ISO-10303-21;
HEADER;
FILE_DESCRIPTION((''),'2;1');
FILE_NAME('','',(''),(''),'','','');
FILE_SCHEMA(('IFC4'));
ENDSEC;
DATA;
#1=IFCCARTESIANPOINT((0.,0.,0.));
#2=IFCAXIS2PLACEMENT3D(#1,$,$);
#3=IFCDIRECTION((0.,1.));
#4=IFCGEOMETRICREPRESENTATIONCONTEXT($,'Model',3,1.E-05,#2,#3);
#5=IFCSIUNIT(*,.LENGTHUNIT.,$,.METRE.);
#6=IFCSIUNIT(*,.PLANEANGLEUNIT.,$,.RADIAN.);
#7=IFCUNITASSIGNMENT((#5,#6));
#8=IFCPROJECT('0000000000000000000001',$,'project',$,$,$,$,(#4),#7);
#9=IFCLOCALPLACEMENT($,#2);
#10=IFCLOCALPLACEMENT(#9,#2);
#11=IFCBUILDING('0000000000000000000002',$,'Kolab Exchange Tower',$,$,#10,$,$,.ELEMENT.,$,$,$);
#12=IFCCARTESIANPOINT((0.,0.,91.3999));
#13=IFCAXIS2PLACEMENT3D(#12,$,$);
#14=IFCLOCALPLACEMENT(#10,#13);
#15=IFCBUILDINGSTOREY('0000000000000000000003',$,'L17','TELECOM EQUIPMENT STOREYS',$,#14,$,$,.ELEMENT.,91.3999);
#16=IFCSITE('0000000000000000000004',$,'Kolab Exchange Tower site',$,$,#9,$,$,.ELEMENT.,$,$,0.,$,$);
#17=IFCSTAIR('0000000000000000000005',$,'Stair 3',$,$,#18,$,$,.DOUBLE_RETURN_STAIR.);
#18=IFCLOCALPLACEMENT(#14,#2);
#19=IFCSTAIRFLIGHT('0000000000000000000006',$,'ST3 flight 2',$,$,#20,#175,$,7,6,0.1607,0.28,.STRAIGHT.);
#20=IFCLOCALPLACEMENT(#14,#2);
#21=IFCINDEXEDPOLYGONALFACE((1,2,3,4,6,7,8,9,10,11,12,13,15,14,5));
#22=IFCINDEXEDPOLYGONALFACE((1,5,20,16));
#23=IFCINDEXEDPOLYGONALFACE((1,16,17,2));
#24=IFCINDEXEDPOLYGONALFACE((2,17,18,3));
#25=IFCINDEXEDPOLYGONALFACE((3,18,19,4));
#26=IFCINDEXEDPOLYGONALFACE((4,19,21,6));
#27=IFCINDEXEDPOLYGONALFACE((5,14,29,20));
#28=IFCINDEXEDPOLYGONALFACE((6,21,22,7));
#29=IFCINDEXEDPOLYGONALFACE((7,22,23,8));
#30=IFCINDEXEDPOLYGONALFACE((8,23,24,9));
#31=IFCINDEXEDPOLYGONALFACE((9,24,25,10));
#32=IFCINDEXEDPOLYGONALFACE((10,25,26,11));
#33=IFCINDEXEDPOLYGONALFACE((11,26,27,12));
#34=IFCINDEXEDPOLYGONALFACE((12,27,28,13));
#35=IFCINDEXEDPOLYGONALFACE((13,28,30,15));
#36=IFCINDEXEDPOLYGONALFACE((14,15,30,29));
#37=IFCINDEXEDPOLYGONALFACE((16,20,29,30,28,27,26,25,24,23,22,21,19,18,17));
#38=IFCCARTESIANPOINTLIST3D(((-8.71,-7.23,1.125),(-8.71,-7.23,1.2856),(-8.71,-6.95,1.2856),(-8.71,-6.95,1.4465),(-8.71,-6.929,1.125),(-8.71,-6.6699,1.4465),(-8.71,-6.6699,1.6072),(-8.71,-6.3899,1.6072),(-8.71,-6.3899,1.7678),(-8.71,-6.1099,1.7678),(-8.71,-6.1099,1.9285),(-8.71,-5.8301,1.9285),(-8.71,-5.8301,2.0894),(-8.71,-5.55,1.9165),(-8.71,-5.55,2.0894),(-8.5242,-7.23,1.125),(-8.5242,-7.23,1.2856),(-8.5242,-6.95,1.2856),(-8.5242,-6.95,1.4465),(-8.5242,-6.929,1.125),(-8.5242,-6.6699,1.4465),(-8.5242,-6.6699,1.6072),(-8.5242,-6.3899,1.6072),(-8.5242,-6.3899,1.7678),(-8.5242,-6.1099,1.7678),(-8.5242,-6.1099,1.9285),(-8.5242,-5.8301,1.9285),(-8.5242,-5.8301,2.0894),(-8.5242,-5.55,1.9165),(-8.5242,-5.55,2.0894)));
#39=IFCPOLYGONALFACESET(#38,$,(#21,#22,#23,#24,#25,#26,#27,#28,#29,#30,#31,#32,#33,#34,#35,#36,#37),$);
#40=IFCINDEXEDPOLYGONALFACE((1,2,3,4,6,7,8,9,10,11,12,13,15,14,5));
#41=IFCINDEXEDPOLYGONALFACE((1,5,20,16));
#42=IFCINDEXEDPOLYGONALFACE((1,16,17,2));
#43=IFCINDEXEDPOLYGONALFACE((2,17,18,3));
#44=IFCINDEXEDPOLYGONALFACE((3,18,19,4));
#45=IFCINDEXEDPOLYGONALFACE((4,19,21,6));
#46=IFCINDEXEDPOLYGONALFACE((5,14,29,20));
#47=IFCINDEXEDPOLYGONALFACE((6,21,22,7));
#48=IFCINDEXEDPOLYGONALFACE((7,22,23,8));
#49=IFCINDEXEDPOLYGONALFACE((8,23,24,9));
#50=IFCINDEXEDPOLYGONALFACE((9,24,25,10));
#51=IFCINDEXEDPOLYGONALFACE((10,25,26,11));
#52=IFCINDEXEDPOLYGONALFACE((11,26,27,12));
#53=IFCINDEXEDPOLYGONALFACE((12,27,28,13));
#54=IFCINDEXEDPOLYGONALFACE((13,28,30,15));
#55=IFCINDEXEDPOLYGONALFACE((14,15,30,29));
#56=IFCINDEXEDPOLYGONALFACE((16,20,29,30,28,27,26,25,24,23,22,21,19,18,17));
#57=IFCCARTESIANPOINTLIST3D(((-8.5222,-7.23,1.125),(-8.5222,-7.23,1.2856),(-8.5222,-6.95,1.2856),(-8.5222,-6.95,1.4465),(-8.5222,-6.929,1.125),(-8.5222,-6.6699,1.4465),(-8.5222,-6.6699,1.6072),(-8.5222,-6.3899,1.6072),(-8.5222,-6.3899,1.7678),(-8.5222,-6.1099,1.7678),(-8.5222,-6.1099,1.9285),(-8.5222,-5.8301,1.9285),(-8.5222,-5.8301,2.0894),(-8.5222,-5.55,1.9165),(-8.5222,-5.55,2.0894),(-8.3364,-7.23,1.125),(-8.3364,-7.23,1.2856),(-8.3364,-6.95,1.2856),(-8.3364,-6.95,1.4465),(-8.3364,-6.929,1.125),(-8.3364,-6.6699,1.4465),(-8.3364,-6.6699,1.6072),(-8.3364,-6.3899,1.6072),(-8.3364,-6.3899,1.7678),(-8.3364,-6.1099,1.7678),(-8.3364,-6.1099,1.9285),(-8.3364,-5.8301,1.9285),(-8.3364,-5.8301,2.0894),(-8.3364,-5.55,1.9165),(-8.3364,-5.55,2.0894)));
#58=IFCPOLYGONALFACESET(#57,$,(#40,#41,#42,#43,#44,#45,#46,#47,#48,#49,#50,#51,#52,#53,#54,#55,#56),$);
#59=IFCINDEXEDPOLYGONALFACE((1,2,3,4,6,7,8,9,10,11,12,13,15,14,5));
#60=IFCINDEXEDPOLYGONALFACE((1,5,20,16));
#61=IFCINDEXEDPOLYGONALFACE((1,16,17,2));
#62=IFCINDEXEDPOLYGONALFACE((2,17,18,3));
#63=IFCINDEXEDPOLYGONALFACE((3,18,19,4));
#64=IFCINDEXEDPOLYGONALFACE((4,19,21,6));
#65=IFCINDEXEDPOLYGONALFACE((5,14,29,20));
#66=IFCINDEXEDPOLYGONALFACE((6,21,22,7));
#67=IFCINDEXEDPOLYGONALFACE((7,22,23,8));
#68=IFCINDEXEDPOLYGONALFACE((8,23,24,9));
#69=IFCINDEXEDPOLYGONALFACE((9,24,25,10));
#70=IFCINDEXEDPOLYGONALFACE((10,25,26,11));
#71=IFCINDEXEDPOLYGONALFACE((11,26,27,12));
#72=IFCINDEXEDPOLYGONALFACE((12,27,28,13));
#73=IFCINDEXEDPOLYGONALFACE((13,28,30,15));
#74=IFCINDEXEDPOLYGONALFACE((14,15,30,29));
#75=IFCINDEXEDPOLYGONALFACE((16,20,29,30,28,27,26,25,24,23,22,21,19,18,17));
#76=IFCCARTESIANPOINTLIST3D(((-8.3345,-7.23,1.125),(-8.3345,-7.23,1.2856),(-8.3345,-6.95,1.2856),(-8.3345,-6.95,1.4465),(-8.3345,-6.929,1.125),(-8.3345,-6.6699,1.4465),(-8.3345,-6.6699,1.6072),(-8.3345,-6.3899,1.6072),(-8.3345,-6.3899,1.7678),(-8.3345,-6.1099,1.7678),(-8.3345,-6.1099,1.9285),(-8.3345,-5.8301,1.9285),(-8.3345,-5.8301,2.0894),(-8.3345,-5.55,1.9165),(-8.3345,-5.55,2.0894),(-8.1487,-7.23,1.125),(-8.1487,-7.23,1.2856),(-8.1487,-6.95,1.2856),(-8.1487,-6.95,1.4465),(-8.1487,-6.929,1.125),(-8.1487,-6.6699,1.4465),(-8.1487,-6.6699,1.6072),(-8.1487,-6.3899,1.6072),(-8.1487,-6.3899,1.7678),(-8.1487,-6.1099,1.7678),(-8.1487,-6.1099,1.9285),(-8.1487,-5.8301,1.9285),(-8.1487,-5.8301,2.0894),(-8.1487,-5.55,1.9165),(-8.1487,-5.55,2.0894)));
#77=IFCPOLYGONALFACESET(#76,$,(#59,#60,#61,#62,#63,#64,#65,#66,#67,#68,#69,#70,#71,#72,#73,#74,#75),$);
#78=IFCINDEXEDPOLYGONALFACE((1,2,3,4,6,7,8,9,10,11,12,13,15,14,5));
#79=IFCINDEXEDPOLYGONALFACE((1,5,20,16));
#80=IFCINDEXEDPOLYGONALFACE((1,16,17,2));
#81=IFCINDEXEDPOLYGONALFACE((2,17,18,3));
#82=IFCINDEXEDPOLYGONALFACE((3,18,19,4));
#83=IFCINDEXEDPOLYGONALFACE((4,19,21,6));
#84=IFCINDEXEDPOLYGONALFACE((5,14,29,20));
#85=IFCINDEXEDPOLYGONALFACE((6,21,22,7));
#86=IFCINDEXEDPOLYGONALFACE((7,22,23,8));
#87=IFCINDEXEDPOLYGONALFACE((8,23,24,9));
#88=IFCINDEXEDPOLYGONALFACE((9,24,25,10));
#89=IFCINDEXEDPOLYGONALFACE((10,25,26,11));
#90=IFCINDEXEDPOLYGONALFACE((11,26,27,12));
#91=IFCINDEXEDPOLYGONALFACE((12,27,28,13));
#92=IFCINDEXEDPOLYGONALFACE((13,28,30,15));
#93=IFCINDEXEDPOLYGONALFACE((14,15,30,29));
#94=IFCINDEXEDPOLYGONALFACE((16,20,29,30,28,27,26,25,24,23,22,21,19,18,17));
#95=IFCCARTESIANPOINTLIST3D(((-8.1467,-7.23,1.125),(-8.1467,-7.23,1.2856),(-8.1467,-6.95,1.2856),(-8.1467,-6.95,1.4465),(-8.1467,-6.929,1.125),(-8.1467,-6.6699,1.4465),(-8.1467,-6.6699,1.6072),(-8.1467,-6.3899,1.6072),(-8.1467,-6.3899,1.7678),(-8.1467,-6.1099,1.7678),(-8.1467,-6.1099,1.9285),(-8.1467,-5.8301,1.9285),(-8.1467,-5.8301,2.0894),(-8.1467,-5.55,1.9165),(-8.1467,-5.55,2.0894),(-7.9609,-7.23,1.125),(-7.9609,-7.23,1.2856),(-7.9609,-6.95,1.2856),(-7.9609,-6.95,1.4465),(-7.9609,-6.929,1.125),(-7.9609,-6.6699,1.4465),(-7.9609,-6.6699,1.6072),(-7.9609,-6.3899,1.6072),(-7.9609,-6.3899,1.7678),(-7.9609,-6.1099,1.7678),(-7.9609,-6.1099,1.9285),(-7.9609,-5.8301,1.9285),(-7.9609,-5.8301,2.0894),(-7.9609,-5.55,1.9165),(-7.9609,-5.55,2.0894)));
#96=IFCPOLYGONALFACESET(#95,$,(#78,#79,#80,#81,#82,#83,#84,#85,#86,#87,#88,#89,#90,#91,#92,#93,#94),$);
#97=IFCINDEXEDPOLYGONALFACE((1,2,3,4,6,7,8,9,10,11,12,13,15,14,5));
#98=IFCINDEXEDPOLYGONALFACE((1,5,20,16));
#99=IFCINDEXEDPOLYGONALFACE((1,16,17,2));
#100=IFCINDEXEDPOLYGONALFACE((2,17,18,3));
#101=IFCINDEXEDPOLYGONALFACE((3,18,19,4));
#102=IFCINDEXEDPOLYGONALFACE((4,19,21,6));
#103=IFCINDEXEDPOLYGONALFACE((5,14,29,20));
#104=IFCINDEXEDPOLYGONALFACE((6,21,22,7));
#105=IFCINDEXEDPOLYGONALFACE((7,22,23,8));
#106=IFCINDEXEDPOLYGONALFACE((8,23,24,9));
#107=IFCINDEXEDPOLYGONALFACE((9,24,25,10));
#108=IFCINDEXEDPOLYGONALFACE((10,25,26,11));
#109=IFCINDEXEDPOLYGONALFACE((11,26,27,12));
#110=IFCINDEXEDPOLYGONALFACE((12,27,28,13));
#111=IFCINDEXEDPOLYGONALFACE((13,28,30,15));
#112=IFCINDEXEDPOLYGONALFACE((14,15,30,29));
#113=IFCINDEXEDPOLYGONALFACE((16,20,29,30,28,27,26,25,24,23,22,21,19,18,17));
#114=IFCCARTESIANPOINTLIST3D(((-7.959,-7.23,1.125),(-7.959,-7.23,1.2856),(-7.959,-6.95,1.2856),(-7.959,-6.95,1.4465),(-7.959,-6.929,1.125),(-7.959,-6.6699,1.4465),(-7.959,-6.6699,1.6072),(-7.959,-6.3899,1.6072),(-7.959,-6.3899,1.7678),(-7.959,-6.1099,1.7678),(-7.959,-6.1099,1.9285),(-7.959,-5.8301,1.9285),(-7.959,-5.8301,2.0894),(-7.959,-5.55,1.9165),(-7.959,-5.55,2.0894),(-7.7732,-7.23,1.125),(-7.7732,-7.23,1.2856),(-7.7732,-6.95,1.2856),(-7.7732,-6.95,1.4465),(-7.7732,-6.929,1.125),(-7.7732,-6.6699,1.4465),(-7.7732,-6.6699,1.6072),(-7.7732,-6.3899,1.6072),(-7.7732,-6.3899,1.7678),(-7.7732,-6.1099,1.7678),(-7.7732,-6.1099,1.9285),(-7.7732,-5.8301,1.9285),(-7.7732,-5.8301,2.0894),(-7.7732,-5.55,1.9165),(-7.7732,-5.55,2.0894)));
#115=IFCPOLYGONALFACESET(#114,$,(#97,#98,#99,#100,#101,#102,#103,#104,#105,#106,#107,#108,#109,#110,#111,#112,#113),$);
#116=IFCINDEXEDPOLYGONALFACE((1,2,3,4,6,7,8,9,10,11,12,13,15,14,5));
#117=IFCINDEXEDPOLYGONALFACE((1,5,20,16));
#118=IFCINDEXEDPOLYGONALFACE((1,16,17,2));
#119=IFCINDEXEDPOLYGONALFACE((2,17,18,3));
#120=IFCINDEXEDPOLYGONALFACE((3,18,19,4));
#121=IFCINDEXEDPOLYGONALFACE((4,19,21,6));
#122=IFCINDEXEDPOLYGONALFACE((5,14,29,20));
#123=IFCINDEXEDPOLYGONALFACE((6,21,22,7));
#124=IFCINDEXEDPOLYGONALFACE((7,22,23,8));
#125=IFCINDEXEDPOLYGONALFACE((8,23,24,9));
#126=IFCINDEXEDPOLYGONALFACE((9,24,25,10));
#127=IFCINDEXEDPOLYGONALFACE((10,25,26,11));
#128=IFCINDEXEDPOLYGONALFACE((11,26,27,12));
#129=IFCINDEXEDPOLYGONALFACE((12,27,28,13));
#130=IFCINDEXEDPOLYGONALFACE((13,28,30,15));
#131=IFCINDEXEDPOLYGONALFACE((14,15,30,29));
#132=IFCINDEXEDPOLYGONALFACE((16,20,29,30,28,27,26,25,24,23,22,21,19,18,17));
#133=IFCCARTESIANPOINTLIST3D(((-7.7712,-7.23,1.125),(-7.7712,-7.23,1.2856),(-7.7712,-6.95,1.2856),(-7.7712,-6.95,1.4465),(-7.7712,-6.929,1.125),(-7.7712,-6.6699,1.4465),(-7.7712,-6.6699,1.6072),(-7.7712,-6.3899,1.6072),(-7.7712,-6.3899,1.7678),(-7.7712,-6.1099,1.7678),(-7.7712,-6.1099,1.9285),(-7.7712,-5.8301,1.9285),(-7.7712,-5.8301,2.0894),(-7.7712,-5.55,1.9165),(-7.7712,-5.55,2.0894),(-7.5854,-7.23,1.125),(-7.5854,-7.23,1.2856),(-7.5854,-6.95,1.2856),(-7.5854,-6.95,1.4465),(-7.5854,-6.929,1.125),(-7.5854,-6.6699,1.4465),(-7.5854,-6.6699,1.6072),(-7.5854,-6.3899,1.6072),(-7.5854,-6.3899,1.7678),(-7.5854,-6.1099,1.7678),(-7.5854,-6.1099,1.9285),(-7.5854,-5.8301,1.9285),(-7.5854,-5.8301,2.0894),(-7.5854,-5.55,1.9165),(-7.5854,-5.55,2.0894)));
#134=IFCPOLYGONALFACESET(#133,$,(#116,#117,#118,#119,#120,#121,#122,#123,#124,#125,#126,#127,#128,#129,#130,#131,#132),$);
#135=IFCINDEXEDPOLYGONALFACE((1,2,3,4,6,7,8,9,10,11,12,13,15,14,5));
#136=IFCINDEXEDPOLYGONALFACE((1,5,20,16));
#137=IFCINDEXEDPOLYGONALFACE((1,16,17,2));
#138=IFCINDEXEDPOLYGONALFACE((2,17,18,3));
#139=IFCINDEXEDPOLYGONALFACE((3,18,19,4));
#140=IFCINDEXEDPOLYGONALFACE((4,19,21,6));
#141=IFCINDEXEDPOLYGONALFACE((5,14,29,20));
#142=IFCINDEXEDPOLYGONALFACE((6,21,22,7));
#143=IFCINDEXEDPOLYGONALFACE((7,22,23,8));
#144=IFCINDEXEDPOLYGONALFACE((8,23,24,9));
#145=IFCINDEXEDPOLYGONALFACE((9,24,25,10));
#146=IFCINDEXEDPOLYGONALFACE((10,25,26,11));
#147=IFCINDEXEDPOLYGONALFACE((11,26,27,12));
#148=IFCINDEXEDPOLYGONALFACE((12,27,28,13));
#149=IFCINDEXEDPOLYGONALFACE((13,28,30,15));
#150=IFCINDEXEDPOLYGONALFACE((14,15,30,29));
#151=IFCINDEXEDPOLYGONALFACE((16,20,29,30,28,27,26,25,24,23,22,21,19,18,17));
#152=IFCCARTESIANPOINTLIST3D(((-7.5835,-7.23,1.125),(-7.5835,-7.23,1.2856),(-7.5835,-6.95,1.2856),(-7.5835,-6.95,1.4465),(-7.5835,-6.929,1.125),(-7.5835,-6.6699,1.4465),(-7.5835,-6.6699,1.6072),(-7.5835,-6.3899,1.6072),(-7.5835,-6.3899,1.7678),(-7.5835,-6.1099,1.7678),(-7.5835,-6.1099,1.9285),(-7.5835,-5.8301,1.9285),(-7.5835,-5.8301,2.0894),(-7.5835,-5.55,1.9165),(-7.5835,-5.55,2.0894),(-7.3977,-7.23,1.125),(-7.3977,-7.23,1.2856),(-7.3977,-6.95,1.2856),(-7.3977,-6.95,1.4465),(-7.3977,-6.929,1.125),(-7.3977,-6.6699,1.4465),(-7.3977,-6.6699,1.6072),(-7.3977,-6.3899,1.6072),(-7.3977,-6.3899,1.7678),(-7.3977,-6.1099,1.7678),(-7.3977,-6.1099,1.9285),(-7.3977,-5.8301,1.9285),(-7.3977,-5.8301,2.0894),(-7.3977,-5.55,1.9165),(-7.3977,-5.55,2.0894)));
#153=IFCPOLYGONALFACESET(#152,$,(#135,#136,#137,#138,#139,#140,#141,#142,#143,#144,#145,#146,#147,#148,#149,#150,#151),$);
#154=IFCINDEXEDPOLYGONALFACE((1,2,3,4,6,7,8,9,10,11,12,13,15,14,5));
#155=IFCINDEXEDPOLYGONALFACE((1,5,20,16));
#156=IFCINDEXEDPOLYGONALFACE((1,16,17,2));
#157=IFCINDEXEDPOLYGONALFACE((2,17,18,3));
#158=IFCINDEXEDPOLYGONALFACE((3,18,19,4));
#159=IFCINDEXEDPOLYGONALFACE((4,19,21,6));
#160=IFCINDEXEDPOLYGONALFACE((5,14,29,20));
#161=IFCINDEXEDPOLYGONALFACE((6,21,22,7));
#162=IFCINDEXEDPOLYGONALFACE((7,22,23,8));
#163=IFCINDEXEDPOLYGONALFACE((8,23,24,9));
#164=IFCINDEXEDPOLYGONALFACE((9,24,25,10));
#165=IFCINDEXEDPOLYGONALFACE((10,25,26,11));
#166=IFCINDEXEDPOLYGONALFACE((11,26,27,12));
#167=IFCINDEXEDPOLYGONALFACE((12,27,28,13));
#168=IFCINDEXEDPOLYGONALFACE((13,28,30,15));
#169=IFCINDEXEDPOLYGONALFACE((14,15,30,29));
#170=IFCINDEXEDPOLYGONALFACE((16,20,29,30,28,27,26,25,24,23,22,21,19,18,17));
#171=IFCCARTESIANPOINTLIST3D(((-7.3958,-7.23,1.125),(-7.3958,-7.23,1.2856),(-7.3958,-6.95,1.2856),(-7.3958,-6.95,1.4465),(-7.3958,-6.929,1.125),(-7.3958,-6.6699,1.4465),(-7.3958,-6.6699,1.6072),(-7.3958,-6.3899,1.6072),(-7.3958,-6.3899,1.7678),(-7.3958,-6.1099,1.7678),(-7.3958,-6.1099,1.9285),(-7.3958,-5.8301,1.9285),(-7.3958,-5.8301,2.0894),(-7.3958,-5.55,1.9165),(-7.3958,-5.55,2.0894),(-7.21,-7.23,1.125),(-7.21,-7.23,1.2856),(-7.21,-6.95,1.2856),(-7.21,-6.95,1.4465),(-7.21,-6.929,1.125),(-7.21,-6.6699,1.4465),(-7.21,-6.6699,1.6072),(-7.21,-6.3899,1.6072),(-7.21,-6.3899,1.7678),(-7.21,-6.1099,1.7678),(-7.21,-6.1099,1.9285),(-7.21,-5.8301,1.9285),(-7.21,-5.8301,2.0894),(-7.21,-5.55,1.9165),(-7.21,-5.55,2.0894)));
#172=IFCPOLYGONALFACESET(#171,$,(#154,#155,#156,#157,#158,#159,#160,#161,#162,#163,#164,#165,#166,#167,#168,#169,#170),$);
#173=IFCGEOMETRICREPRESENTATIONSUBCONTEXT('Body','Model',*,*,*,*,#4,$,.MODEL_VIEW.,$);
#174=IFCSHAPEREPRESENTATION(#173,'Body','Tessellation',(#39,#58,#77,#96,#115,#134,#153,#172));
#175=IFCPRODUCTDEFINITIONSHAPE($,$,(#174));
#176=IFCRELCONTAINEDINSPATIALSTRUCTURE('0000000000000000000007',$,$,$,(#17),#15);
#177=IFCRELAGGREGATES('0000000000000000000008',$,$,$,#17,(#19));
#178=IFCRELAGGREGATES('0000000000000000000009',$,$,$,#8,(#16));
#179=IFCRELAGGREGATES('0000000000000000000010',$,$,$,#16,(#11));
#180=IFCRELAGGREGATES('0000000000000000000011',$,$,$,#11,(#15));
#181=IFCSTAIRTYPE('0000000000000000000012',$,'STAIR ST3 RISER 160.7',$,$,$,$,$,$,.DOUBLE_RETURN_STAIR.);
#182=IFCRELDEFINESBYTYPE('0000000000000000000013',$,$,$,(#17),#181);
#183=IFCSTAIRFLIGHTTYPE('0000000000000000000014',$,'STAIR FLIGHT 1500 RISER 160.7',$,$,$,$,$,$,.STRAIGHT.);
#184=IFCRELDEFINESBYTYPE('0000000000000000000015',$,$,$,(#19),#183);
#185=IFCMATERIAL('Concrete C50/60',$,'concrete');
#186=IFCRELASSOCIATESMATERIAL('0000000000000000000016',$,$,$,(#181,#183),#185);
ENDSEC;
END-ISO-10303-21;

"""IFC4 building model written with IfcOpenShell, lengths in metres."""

from ifc_helpers import new_model, si_unit, direction, frame, origin, place, context, subcontext, project, spatial, polyline, outline, extrude, material, type_object, element, aggregate, save


model = new_model("IFC4")

# Units and contexts
model_context = context("Model", 3, precision=1e-05, world=origin(), true_north=direction((0.0, 1.0)))
body_context = subcontext(model_context, "Body", "Model", "MODEL_VIEW")
ifc_project = project(units=[si_unit("LENGTHUNIT", "METRE"), si_unit("PLANEANGLEUNIT", "RADIAN")], contexts=[model_context])

# Site, building, storey
site_placement = place(None, origin())
site = spatial("IfcSite", under=ifc_project, at=site_placement, Name="Kolab Exchange Tower site", CompositionType="ELEMENT", RefElevation=0.0)
building_placement = place(site_placement, origin())
building = spatial("IfcBuilding", under=site, at=building_placement, Name="Kolab Exchange Tower", CompositionType="ELEMENT")
storey_placement = place(building_placement, frame((0.0, 0.0, 91.3999)))
storey = spatial("IfcBuildingStorey", under=building, at=storey_placement, Name="L17", Description="TELECOM EQUIPMENT STOREYS", CompositionType="ELEMENT", Elevation=91.3999)

# Shared definitions
ifc_material_1 = material(Name="Concrete C50/60", Category="concrete")

# Stair, stair flight
stair_type = type_object("IfcStairType", Name="STAIR ST3 RISER 160.7", PredefinedType="DOUBLE_RETURN_STAIR", material=ifc_material_1)
stair_placement = place(storey_placement, origin())
stair = element("IfcStair", 1, at=stair_placement, inside=storey, type_object=stair_type, Name="Stair 3", PredefinedType="DOUBLE_RETURN_STAIR")
stair_flight_type = type_object("IfcStairFlightType", Name="STAIR FLIGHT 1500 RISER 160.7", PredefinedType="STRAIGHT", material=ifc_material_1)
stair_flight_1_placement = place(storey_placement, frame((-7.96, -7.23, 1.125), z_axis=(0.0, 0.0, 1.0), x_axis=(0.0, 1.0, 0.0)))
stair_flight_1 = element("IfcStairFlight", 2, at=stair_flight_1_placement, type_object=stair_flight_type, Name="ST3 flight 2", NumberOfRisers=7, NumberOfTreads=6, PredefinedType="STRAIGHT", RiserHeight=0.1607, TreadLength=0.28, context=body_context, shape_type="SweptSolid", body=[
    extrude(outline(polyline([(0.0, 0.0), (0.0, 0.1606), (0.28, 0.1606), (0.28, 0.3215), (0.5601, 0.3215), (0.5601, 0.4822), (0.8401, 0.4822), (0.8401, 0.6428), (1.1201, 0.6428), (1.1201, 0.8035), (1.3999, 0.8035), (1.3999, 0.9644), (1.6799, 0.9644), (1.6799, 1.125), (1.6799, 0.7915), (0.301, 0.0), (0.0, 0.0)])), frame((0.0, 0.75, 0.0), z_axis=(0.0, -1.0, 0.0), x_axis=(1.0, 0.0, 0.0)), (0.0, 0.0, 1.0), 0.1858),
    extrude(outline(polyline([(0.0, 0.0), (0.0, 0.1606), (0.28, 0.1606), (0.28, 0.3215), (0.5601, 0.3215), (0.5601, 0.4822), (0.8401, 0.4822), (0.8401, 0.6428), (1.1201, 0.6428), (1.1201, 0.8035), (1.3999, 0.8035), (1.3999, 0.9644), (1.6799, 0.9644), (1.6799, 1.125), (1.6799, 0.7915), (0.301, 0.0), (0.0, 0.0)])), frame((0.0, 0.5623, 0.0), z_axis=(0.0, -1.0, 0.0), x_axis=(1.0, 0.0, 0.0)), (0.0, 0.0, 1.0), 0.1858),
    extrude(outline(polyline([(0.0, 0.0), (0.0, 0.1606), (0.28, 0.1606), (0.28, 0.3215), (0.5601, 0.3215), (0.5601, 0.4822), (0.8401, 0.4822), (0.8401, 0.6428), (1.1201, 0.6428), (1.1201, 0.8035), (1.3999, 0.8035), (1.3999, 0.9644), (1.6799, 0.9644), (1.6799, 1.125), (1.6799, 0.7915), (0.301, 0.0), (0.0, 0.0)])), frame((0.0, 0.3745, 0.0), z_axis=(0.0, -1.0, 0.0), x_axis=(1.0, 0.0, 0.0)), (0.0, 0.0, 1.0), 0.1858),
    extrude(outline(polyline([(0.0, 0.0), (0.0, 0.1606), (0.28, 0.1606), (0.28, 0.3215), (0.5601, 0.3215), (0.5601, 0.4822), (0.8401, 0.4822), (0.8401, 0.6428), (1.1201, 0.6428), (1.1201, 0.8035), (1.3999, 0.8035), (1.3999, 0.9644), (1.6799, 0.9644), (1.6799, 1.125), (1.6799, 0.7915), (0.301, 0.0), (0.0, 0.0)])), frame((0.0, 0.1868, 0.0), z_axis=(0.0, -1.0, 0.0), x_axis=(1.0, 0.0, 0.0)), (0.0, 0.0, 1.0), 0.1858),
    extrude(outline(polyline([(0.0, 0.0), (0.0, 0.1606), (0.28, 0.1606), (0.28, 0.3215), (0.5601, 0.3215), (0.5601, 0.4822), (0.8401, 0.4822), (0.8401, 0.6428), (1.1201, 0.6428), (1.1201, 0.8035), (1.3999, 0.8035), (1.3999, 0.9644), (1.6799, 0.9644), (1.6799, 1.125), (1.6799, 0.7915), (0.301, 0.0), (0.0, 0.0)])), frame((0.0, -0.001, 0.0), z_axis=(0.0, -1.0, 0.0), x_axis=(1.0, 0.0, 0.0)), (0.0, 0.0, 1.0), 0.1858),
    extrude(outline(polyline([(0.0, 0.0), (0.0, 0.1606), (0.28, 0.1606), (0.28, 0.3215), (0.5601, 0.3215), (0.5601, 0.4822), (0.8401, 0.4822), (0.8401, 0.6428), (1.1201, 0.6428), (1.1201, 0.8035), (1.3999, 0.8035), (1.3999, 0.9644), (1.6799, 0.9644), (1.6799, 1.125), (1.6799, 0.7915), (0.301, 0.0), (0.0, 0.0)])), frame((0.0, -0.1887, 0.0), z_axis=(0.0, -1.0, 0.0), x_axis=(1.0, 0.0, 0.0)), (0.0, 0.0, 1.0), 0.1858),
    extrude(outline(polyline([(0.0, 0.0), (0.0, 0.1606), (0.28, 0.1606), (0.28, 0.3215), (0.5601, 0.3215), (0.5601, 0.4822), (0.8401, 0.4822), (0.8401, 0.6428), (1.1201, 0.6428), (1.1201, 0.8035), (1.3999, 0.8035), (1.3999, 0.9644), (1.6799, 0.9644), (1.6799, 1.125), (1.6799, 0.7915), (0.301, 0.0), (0.0, 0.0)])), frame((0.0, -0.3765, 0.0), z_axis=(0.0, -1.0, 0.0), x_axis=(1.0, 0.0, 0.0)), (0.0, 0.0, 1.0), 0.1858),
    extrude(outline(polyline([(0.0, 0.0), (0.0, 0.1606), (0.28, 0.1606), (0.28, 0.3215), (0.5601, 0.3215), (0.5601, 0.4822), (0.8401, 0.4822), (0.8401, 0.6428), (1.1201, 0.6428), (1.1201, 0.8035), (1.3999, 0.8035), (1.3999, 0.9644), (1.6799, 0.9644), (1.6799, 1.125), (1.6799, 0.7915), (0.301, 0.0), (0.0, 0.0)])), frame((0.0, -0.5642, 0.0), z_axis=(0.0, -1.0, 0.0), x_axis=(1.0, 0.0, 0.0)), (0.0, 0.0, 1.0), 0.1858),
])
aggregate(stair, [stair_flight_1])

save(model, "model.ifc")
